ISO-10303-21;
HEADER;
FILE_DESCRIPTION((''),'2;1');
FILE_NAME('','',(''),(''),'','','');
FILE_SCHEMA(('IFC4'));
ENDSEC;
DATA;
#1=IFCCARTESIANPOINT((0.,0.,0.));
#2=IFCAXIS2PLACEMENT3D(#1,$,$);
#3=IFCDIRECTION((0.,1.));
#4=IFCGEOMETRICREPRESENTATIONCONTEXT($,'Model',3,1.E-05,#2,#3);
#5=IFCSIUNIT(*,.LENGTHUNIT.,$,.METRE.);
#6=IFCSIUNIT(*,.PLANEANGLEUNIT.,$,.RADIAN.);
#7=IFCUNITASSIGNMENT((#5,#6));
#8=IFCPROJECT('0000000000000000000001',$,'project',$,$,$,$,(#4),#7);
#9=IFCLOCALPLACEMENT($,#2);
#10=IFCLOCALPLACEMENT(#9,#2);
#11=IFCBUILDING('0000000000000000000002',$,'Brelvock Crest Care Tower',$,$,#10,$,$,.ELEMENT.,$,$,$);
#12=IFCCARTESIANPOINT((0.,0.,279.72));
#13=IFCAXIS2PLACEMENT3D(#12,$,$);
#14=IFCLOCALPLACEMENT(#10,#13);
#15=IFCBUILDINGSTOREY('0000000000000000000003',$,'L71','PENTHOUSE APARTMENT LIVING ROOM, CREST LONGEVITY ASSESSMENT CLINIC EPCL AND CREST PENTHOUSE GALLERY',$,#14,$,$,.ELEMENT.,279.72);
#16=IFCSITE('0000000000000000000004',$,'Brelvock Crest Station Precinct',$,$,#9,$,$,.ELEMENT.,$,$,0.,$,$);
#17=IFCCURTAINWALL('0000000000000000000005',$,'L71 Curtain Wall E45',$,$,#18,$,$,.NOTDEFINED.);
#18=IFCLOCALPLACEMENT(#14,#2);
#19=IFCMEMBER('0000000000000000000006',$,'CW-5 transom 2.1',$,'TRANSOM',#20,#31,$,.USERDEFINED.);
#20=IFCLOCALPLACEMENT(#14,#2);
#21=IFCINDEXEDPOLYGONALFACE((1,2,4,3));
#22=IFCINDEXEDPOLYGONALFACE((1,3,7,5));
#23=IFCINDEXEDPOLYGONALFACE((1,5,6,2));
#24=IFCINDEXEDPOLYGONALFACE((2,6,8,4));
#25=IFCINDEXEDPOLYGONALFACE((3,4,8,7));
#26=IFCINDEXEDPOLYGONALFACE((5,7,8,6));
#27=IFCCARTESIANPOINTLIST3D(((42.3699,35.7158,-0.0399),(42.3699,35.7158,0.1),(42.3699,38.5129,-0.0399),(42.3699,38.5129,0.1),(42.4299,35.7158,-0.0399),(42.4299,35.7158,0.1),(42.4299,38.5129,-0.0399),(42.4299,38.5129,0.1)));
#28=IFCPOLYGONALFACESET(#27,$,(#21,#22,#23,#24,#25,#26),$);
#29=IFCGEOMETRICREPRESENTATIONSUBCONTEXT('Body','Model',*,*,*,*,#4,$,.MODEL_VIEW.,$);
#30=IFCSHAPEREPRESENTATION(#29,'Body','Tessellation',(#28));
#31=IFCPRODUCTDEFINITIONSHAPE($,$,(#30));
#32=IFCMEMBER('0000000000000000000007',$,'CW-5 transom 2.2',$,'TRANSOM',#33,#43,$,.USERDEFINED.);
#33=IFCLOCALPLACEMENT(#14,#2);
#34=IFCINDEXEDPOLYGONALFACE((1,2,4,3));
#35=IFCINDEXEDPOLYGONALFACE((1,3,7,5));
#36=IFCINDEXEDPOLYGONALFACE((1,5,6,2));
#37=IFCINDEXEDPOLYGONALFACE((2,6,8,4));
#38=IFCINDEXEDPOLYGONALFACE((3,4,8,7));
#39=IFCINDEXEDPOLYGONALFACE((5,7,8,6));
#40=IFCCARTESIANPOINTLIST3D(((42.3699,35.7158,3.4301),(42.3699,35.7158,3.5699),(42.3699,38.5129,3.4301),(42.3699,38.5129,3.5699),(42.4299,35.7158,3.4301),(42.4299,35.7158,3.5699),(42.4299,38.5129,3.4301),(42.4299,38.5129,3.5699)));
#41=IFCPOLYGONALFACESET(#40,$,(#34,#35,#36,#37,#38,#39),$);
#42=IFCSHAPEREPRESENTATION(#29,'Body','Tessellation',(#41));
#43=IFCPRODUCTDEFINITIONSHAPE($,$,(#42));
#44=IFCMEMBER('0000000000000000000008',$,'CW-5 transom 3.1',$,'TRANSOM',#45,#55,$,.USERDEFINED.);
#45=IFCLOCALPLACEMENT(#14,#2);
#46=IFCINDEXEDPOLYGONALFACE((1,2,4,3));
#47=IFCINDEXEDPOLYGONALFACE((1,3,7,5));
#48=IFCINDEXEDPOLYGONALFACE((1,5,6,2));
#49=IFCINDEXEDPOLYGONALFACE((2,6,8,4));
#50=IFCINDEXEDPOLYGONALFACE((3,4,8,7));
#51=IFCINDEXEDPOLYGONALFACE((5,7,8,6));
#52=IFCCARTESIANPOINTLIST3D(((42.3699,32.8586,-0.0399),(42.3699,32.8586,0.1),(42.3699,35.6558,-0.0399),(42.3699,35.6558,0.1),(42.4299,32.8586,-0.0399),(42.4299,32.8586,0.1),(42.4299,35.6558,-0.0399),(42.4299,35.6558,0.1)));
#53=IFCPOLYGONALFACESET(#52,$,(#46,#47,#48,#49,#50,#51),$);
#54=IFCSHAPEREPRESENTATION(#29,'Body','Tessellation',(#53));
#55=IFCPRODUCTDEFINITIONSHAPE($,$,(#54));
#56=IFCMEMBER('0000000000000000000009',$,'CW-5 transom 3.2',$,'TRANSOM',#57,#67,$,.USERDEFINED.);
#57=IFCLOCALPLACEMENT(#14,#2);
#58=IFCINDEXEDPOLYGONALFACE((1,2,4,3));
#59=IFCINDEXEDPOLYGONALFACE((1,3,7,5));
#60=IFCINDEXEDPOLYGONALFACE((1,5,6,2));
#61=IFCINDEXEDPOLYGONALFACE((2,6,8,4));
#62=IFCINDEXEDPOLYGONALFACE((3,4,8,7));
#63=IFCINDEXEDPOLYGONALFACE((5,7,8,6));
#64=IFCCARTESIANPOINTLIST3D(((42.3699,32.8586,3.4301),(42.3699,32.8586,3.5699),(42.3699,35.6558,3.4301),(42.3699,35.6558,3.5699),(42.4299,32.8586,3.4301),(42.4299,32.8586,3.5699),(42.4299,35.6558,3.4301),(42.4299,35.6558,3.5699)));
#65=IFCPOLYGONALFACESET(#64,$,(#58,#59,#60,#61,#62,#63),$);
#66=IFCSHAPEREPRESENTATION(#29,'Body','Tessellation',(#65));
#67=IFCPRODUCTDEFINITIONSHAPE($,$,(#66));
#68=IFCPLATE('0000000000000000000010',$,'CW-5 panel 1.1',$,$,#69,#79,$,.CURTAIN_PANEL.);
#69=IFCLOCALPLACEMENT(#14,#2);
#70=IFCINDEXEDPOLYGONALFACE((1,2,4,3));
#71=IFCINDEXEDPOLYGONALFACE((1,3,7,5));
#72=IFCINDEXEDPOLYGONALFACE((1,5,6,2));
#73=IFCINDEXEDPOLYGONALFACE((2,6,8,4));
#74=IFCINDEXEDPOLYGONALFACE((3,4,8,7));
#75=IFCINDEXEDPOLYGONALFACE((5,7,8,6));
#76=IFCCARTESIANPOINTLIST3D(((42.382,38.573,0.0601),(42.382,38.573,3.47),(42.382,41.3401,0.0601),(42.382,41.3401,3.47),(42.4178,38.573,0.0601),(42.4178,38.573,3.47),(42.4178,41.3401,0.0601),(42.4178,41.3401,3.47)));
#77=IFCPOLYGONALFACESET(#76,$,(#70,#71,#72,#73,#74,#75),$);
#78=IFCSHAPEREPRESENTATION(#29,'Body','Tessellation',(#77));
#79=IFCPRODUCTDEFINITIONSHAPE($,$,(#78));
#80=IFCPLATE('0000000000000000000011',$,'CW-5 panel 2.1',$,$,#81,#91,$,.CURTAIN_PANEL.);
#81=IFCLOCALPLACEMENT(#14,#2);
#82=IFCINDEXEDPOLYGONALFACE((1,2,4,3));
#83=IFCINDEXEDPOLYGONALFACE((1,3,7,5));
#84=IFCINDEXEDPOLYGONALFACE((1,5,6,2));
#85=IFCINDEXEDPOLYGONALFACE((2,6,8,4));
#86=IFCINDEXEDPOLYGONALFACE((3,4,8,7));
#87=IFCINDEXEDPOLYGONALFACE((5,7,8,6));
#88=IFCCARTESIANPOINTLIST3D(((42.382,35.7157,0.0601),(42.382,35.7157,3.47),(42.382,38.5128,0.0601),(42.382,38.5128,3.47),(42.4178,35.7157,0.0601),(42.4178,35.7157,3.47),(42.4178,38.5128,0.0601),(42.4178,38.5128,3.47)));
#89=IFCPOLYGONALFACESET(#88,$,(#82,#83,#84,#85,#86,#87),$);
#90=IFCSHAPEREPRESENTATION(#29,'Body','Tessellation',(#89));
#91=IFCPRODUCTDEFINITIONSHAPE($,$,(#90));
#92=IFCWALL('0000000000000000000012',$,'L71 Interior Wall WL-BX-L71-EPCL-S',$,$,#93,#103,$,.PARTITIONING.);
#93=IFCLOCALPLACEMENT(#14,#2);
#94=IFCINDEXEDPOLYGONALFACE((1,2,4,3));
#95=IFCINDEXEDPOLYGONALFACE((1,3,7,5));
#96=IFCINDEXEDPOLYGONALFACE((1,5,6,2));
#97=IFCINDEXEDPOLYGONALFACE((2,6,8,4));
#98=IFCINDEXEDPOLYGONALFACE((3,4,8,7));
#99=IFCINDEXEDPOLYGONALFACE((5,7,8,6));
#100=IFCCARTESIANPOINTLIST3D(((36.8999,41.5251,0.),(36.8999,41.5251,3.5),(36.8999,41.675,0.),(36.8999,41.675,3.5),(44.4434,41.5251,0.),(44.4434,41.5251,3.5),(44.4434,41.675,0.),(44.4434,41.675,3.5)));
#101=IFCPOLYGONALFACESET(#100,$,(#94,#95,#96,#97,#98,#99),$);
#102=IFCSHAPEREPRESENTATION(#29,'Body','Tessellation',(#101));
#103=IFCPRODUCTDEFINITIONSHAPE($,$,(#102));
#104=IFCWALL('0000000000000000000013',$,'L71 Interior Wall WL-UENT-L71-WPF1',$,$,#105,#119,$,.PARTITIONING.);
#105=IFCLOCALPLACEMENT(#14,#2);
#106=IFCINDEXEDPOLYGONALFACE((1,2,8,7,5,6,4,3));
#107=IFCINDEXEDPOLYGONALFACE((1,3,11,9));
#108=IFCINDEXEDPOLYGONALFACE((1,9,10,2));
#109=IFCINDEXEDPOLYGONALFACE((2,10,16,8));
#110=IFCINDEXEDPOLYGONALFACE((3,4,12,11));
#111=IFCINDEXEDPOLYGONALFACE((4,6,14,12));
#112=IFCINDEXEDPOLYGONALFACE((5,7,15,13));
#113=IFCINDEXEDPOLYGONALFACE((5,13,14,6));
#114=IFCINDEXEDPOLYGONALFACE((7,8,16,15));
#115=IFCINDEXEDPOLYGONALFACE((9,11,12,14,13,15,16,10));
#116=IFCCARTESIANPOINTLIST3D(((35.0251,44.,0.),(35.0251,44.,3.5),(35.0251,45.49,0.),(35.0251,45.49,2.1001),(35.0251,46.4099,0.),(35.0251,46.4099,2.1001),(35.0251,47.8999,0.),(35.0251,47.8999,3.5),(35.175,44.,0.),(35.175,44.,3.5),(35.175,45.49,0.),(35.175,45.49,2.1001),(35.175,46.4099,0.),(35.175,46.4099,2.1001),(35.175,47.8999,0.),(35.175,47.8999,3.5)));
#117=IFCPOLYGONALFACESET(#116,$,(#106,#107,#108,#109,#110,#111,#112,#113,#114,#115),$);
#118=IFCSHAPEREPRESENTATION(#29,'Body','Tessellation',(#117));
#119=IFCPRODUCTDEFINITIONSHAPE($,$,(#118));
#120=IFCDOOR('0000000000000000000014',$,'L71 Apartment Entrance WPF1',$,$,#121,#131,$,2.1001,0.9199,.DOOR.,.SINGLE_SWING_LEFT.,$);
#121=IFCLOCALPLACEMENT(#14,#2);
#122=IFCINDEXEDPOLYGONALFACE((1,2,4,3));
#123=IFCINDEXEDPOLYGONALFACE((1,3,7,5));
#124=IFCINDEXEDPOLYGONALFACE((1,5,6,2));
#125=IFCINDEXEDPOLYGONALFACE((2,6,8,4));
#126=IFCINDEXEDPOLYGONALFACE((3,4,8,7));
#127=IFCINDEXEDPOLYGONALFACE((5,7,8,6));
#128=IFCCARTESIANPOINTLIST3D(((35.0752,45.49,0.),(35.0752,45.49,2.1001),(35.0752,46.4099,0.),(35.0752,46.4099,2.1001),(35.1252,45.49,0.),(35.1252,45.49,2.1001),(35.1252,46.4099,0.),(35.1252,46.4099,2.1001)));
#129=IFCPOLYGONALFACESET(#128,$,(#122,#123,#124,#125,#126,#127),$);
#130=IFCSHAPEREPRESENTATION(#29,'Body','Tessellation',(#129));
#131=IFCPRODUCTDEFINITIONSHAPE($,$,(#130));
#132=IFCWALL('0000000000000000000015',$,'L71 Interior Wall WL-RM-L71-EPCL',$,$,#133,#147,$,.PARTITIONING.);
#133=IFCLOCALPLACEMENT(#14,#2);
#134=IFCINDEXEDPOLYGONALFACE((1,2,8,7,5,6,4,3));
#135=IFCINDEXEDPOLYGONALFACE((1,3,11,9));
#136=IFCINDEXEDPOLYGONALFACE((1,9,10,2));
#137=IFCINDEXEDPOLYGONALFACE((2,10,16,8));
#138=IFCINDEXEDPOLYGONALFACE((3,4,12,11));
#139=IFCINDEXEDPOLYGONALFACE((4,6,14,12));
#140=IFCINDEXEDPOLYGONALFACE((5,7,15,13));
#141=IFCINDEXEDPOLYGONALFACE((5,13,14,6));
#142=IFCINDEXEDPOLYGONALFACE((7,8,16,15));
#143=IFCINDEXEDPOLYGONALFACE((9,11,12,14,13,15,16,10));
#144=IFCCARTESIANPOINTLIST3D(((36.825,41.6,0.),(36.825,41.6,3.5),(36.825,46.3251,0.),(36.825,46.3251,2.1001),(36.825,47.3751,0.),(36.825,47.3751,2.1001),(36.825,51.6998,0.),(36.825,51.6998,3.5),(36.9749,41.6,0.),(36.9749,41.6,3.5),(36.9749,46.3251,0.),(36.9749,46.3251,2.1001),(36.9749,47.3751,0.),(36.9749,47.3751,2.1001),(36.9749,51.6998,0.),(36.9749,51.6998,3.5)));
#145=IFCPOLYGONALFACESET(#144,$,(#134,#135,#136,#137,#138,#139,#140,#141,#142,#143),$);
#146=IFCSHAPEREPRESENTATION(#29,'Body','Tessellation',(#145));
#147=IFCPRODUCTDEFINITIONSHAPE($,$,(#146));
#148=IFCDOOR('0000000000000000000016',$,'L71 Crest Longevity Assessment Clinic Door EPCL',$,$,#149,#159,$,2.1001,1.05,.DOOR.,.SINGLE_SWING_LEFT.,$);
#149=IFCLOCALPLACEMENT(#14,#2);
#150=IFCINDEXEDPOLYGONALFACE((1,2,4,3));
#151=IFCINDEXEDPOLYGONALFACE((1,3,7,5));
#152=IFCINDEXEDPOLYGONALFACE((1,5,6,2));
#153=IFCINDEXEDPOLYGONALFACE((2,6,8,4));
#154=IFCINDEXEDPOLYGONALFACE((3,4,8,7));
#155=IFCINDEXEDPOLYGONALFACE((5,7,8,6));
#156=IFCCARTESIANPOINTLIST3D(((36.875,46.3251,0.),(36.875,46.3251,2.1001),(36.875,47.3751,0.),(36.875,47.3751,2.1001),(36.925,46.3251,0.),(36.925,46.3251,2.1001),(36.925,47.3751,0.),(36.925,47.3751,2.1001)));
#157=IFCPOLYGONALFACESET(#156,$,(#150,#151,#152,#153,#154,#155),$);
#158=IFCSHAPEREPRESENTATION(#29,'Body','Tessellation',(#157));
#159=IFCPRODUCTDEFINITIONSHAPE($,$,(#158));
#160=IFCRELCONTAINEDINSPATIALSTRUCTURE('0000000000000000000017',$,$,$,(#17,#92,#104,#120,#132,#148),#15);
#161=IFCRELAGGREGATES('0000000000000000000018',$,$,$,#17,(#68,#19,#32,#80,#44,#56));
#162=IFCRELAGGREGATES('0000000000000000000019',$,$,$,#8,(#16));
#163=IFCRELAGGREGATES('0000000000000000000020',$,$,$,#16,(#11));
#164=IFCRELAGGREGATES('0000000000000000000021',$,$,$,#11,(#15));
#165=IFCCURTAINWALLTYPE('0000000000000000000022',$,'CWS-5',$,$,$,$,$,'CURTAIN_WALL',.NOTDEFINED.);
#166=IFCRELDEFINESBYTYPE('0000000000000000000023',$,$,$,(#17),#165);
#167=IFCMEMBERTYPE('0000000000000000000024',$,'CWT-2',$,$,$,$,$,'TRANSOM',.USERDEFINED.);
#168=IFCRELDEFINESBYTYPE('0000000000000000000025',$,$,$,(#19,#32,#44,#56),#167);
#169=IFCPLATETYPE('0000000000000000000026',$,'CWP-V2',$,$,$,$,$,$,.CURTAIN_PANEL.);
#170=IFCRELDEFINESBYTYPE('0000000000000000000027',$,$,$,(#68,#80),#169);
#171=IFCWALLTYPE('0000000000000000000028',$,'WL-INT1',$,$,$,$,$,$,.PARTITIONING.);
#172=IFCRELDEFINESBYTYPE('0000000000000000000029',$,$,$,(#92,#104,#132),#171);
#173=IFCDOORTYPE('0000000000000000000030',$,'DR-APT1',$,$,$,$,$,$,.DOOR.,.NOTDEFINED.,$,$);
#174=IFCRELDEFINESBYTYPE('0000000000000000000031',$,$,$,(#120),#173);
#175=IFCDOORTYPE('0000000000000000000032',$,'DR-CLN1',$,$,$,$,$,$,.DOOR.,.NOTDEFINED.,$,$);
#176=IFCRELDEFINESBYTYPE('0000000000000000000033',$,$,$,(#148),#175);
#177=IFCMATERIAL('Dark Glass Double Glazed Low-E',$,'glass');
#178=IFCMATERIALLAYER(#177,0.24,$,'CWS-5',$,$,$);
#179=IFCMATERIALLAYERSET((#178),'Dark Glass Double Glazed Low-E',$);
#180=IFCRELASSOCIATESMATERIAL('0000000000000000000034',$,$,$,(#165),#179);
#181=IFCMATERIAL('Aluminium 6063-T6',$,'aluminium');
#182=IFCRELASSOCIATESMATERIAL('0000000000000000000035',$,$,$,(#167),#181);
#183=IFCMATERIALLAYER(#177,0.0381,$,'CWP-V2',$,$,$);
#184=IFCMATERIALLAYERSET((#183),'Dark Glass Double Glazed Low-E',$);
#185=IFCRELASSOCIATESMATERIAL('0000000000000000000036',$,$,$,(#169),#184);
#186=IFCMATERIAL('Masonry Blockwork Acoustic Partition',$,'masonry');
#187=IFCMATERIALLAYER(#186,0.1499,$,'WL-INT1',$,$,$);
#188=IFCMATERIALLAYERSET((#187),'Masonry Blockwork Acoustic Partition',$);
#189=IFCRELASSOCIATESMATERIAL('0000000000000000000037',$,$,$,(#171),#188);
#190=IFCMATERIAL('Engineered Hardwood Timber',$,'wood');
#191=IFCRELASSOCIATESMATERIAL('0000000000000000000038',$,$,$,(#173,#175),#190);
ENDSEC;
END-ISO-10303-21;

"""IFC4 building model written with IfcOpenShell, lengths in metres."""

from ifc_helpers import new_model, si_unit, direction, frame, frame_2d, origin, origin_2d, place, context, subcontext, project, spatial, rectangle, extrude, source, transform, mapped, material, layer, layer_set, material_profile, profile_set, type_object, element, fill, aggregate, save


model = new_model("IFC4")

# Units and contexts
model_context = context("Model", 3, precision=1e-05, world=origin(), true_north=direction((0.0, 1.0)))
body_context = subcontext(model_context, "Body", "Model", "MODEL_VIEW")
ifc_project = project(units=[si_unit("LENGTHUNIT", "METRE"), si_unit("PLANEANGLEUNIT", "RADIAN")], contexts=[model_context])

# Site, building, storey
site_placement = place(None, origin())
site = spatial("IfcSite", under=ifc_project, at=site_placement, Name="Brelvock Crest Station Precinct", CompositionType="ELEMENT", RefElevation=0.0)
building_placement = place(site_placement, origin())
building = spatial("IfcBuilding", under=site, at=building_placement, Name="Brelvock Crest Care Tower", CompositionType="ELEMENT")
storey_placement = place(building_placement, frame((0.0, 0.0, 279.72)))
storey = spatial("IfcBuildingStorey", under=building, at=storey_placement, Name="L71", Description="PENTHOUSE APARTMENT LIVING ROOM, CREST LONGEVITY ASSESSMENT CLINIC EPCL AND CREST PENTHOUSE GALLERY", CompositionType="ELEMENT", Elevation=279.72)

# Curtain wall, members, plates
ifc_material_1 = material(Name="Dark Glass Double Glazed Low-E", Category="glass")
ifc_layer_1 = layer(ifc_material_1, 0.24, Name="CWS-5")
ifc_layer_set_1 = layer_set([ifc_layer_1], Name="Dark Glass Double Glazed Low-E")
curtain_wall_type = type_object("IfcCurtainWallType", Name="CWS-5", ElementType="CURTAIN_WALL", PredefinedType="NOTDEFINED", material=ifc_layer_set_1)
curtain_wall_placement = place(storey_placement, origin())
curtain_wall = element("IfcCurtainWall", 1, at=curtain_wall_placement, inside=storey, type_object=curtain_wall_type, Name="L71 Curtain Wall E45", PredefinedType="NOTDEFINED")
ifc_material_2 = material(Name="Aluminium 6063-T6", Category="aluminium")
ifc_material_profile_1 = material_profile(ifc_material_2, rectangle(XDim=0.0601, YDim=0.1399, at=origin_2d()), Name="ALU60x140")
ifc_profile_set_1 = profile_set([ifc_material_profile_1], Name="Aluminium 6063-T6")
member_type_1 = type_object("IfcMemberType", Name="CWT-2", ElementType="TRANSOM", PredefinedType="USERDEFINED", material=ifc_profile_set_1)
shared_shape_1 = source(origin(), body_context, "Body", "SweptSolid", [
    extrude(rectangle(XDim=0.0601, YDim=0.1399, at=origin_2d()), origin(), (0.0, 0.0, 1.0), 2.7971),
])
member_1_placement = place(storey_placement, frame((42.3999, 38.5129, 0.03), z_axis=(0.0, -1.0, 0.0), x_axis=(1.0, 0.0, 0.0)))
member_1 = element("IfcMember", 2, at=member_1_placement, type_object=member_type_1, Name="CW-5 transom 2.1", ObjectType="TRANSOM", PredefinedType="USERDEFINED", context=body_context, shape_type="MappedRepresentation", body=[
    mapped(shared_shape_1, transform((0.0, 0.0, 0.0), x_axis=(1.0, 0.0, 0.0), y_axis=(0.0, 1.0, 0.0), z_axis=(0.0, 0.0, 1.0), scale=1.0)),
])
member_2_placement = place(storey_placement, frame((42.3999, 38.5129, 3.5), z_axis=(0.0, -1.0, 0.0), x_axis=(1.0, 0.0, 0.0)))
member_2 = element("IfcMember", 3, at=member_2_placement, type_object=member_type_1, Name="CW-5 transom 2.2", ObjectType="TRANSOM", PredefinedType="USERDEFINED", context=body_context, shape_type="MappedRepresentation", body=[
    mapped(shared_shape_1, transform((0.0, 0.0, 0.0), x_axis=(1.0, 0.0, 0.0), y_axis=(0.0, 1.0, 0.0), z_axis=(0.0, 0.0, 1.0), scale=1.0)),
])
member_3_placement = place(storey_placement, frame((42.3999, 35.6558, 0.03), z_axis=(0.0, -1.0, 0.0), x_axis=(1.0, 0.0, 0.0)))
member_3 = element("IfcMember", 4, at=member_3_placement, type_object=member_type_1, Name="CW-5 transom 3.1", ObjectType="TRANSOM", PredefinedType="USERDEFINED", context=body_context, shape_type="MappedRepresentation", body=[
    mapped(shared_shape_1, transform((0.0, 0.0, 0.0), x_axis=(1.0, 0.0, 0.0), y_axis=(0.0, 1.0, 0.0), z_axis=(0.0, 0.0, 1.0), scale=1.0)),
])
member_4_placement = place(storey_placement, frame((42.3999, 35.6558, 3.5), z_axis=(0.0, -1.0, 0.0), x_axis=(1.0, 0.0, 0.0)))
member_4 = element("IfcMember", 5, at=member_4_placement, type_object=member_type_1, Name="CW-5 transom 3.2", ObjectType="TRANSOM", PredefinedType="USERDEFINED", context=body_context, shape_type="MappedRepresentation", body=[
    mapped(shared_shape_1, transform((0.0, 0.0, 0.0), x_axis=(1.0, 0.0, 0.0), y_axis=(0.0, 1.0, 0.0), z_axis=(0.0, 0.0, 1.0), scale=1.0)),
])
ifc_layer_2 = layer(ifc_material_1, 0.0381, Name="CWP-V2")
ifc_layer_set_2 = layer_set([ifc_layer_2], Name="Dark Glass Double Glazed Low-E")
plate_type = type_object("IfcPlateType", Name="CWP-V2", PredefinedType="CURTAIN_PANEL", material=ifc_layer_set_2)
shared_shape_2 = source(origin(), body_context, "Body", "SweptSolid", [
    extrude(rectangle(XDim=2.7671, YDim=0.0359, at=origin_2d()), origin(), (0.0, 0.0, 1.0), 3.4099),
])
plate_1_placement = place(storey_placement, frame((42.3999, 39.9565, 0.0601), z_axis=(0.0, 0.0, 1.0), x_axis=(0.0, -1.0, 0.0)))
plate_1 = element("IfcPlate", 6, at=plate_1_placement, type_object=plate_type, Name="CW-5 panel 1.1", PredefinedType="CURTAIN_PANEL", context=body_context, shape_type="MappedRepresentation", body=[
    mapped(shared_shape_2, transform((0.0, 0.0, 0.0), x_axis=(1.0, 0.0, 0.0), y_axis=(0.0, 1.0, 0.0), z_axis=(0.0, 0.0, 1.0), scale=1.0)),
])
shared_shape_3 = source(origin(), body_context, "Body", "SweptSolid", [
    extrude(rectangle(XDim=2.7971, YDim=0.0359, at=origin_2d()), origin(), (0.0, 0.0, 1.0), 3.4099),
])
plate_2_placement = place(storey_placement, frame((42.3999, 37.1143, 0.0601), z_axis=(0.0, 0.0, 1.0), x_axis=(0.0, -1.0, 0.0)))
plate_2 = element("IfcPlate", 7, at=plate_2_placement, type_object=plate_type, Name="CW-5 panel 2.1", PredefinedType="CURTAIN_PANEL", context=body_context, shape_type="MappedRepresentation", body=[
    mapped(shared_shape_3, transform((0.0, 0.0, 0.0), x_axis=(1.0, 0.0, 0.0), y_axis=(0.0, 1.0, 0.0), z_axis=(0.0, 0.0, 1.0), scale=1.0)),
])
aggregate(curtain_wall, [plate_1, member_1, member_2, plate_2, member_3, member_4])

# Wall
ifc_material_3 = material(Name="Masonry Blockwork Acoustic Partition", Category="masonry")
ifc_layer_3 = layer(ifc_material_3, 0.1499, Name="WL-INT1")
ifc_layer_set_3 = layer_set([ifc_layer_3], Name="Masonry Blockwork Acoustic Partition")
wall_type_1 = type_object("IfcWallType", Name="WL-INT1", PredefinedType="PARTITIONING", material=ifc_layer_set_3)
wall_1_placement = place(storey_placement, frame((36.8999, 41.6001, 0.0), z_axis=(0.0, 0.0, 1.0), x_axis=(1.0, 0.0, 0.0)))
element("IfcWall", 8, at=wall_1_placement, inside=storey, type_object=wall_type_1, Name="L71 Interior Wall WL-BX-L71-EPCL-S", PredefinedType="PARTITIONING", context=body_context, shape_type="SweptSolid", body=[
    extrude(rectangle(XDim=7.5435, YDim=0.1499, at=frame_2d((3.7717, 0.0))), origin(), (0.0, 0.0, 1.0), 3.5),
])

# Walls, openings, doors
wall_2_placement = place(storey_placement, frame((35.1001, 44.0, 0.0), z_axis=(0.0, 0.0, 1.0), x_axis=(0.0, 1.0, 0.0)))
wall_2 = element("IfcWall", 9, at=wall_2_placement, inside=storey, type_object=wall_type_1, Name="L71 Interior Wall WL-UENT-L71-WPF1", PredefinedType="PARTITIONING", context=body_context, shape_type="SweptSolid", body=[
    extrude(rectangle(XDim=3.8999, YDim=0.1499, at=frame_2d((1.95, 0.0))), origin(), (0.0, 0.0, 1.0), 3.5),
])
opening_1_placement = place(wall_2_placement, frame((1.49, 0.0, 0.0)))
opening_1 = element("IfcOpeningElement", 10, at=opening_1_placement, cuts=wall_2, PredefinedType="OPENING", context=body_context, shape_type="SweptSolid", body=[
    extrude(rectangle(XDim=0.9199, YDim=2.1001, at=origin_2d()), frame((0.46, 0.085, 1.05), z_axis=(0.0, -1.0, 0.0), x_axis=(1.0, 0.0, 0.0)), (0.0, 0.0, 1.0), 0.1699),
])
ifc_material_4 = material(Name="Engineered Hardwood Timber", Category="wood")
door_type_1 = type_object("IfcDoorType", Name="DR-APT1", OperationType="NOTDEFINED", PredefinedType="DOOR", material=ifc_material_4)
shared_shape_4 = source(origin(), body_context, "Body", "SweptSolid", [
    extrude(rectangle(XDim=0.9199, YDim=2.1001, at=origin_2d()), frame((0.46, 0.0249, 1.05), z_axis=(0.0, -1.0, 0.0), x_axis=(1.0, 0.0, 0.0)), (0.0, 0.0, 1.0), 0.05),
])
door_1_placement = place(opening_1_placement, origin())
door_1 = element("IfcDoor", 11, at=door_1_placement, inside=storey, type_object=door_type_1, Name="L71 Apartment Entrance WPF1", OperationType="SINGLE_SWING_LEFT", OverallHeight=2.1001, OverallWidth=0.9199, PredefinedType="DOOR", context=body_context, shape_type="MappedRepresentation", body=[
    mapped(shared_shape_4, transform((0.0, 0.0, 0.0), x_axis=(1.0, 0.0, 0.0), y_axis=(0.0, 1.0, 0.0), z_axis=(0.0, 0.0, 1.0), scale=1.0)),
])
fill(opening_1, door_1)
wall_3_placement = place(storey_placement, frame((36.8999, 41.6001, 0.0), z_axis=(0.0, 0.0, 1.0), x_axis=(0.0, 1.0, 0.0)))
wall_3 = element("IfcWall", 12, at=wall_3_placement, inside=storey, type_object=wall_type_1, Name="L71 Interior Wall WL-RM-L71-EPCL", PredefinedType="PARTITIONING", context=body_context, shape_type="SweptSolid", body=[
    extrude(rectangle(XDim=10.0999, YDim=0.1499, at=frame_2d((5.0498, 0.0))), origin(), (0.0, 0.0, 1.0), 3.5),
])
opening_2_placement = place(wall_3_placement, frame((4.7251, 0.0, 0.0)))
opening_2 = element("IfcOpeningElement", 13, at=opening_2_placement, cuts=wall_3, PredefinedType="OPENING", context=body_context, shape_type="SweptSolid", body=[
    extrude(rectangle(XDim=1.05, YDim=2.1001, at=origin_2d()), frame((0.5249, 0.085, 1.05), z_axis=(0.0, -1.0, 0.0), x_axis=(1.0, 0.0, 0.0)), (0.0, 0.0, 1.0), 0.1699),
])
door_type_2 = type_object("IfcDoorType", Name="DR-CLN1", OperationType="NOTDEFINED", PredefinedType="DOOR", material=ifc_material_4)
shared_shape_5 = source(origin(), body_context, "Body", "SweptSolid", [
    extrude(rectangle(XDim=1.05, YDim=2.1001, at=origin_2d()), frame((0.5249, 0.0249, 1.05), z_axis=(0.0, -1.0, 0.0), x_axis=(1.0, 0.0, 0.0)), (0.0, 0.0, 1.0), 0.05),
])
door_2_placement = place(opening_2_placement, origin())
door_2 = element("IfcDoor", 14, at=door_2_placement, inside=storey, type_object=door_type_2, Name="L71 Crest Longevity Assessment Clinic Door EPCL", OperationType="SINGLE_SWING_LEFT", OverallHeight=2.1001, OverallWidth=1.05, PredefinedType="DOOR", context=body_context, shape_type="MappedRepresentation", body=[
    mapped(shared_shape_5, transform((0.0, 0.0, 0.0), x_axis=(1.0, 0.0, 0.0), y_axis=(0.0, 1.0, 0.0), z_axis=(0.0, 0.0, 1.0), scale=1.0)),
])
fill(opening_2, door_2)

save(model, "model.ifc")
